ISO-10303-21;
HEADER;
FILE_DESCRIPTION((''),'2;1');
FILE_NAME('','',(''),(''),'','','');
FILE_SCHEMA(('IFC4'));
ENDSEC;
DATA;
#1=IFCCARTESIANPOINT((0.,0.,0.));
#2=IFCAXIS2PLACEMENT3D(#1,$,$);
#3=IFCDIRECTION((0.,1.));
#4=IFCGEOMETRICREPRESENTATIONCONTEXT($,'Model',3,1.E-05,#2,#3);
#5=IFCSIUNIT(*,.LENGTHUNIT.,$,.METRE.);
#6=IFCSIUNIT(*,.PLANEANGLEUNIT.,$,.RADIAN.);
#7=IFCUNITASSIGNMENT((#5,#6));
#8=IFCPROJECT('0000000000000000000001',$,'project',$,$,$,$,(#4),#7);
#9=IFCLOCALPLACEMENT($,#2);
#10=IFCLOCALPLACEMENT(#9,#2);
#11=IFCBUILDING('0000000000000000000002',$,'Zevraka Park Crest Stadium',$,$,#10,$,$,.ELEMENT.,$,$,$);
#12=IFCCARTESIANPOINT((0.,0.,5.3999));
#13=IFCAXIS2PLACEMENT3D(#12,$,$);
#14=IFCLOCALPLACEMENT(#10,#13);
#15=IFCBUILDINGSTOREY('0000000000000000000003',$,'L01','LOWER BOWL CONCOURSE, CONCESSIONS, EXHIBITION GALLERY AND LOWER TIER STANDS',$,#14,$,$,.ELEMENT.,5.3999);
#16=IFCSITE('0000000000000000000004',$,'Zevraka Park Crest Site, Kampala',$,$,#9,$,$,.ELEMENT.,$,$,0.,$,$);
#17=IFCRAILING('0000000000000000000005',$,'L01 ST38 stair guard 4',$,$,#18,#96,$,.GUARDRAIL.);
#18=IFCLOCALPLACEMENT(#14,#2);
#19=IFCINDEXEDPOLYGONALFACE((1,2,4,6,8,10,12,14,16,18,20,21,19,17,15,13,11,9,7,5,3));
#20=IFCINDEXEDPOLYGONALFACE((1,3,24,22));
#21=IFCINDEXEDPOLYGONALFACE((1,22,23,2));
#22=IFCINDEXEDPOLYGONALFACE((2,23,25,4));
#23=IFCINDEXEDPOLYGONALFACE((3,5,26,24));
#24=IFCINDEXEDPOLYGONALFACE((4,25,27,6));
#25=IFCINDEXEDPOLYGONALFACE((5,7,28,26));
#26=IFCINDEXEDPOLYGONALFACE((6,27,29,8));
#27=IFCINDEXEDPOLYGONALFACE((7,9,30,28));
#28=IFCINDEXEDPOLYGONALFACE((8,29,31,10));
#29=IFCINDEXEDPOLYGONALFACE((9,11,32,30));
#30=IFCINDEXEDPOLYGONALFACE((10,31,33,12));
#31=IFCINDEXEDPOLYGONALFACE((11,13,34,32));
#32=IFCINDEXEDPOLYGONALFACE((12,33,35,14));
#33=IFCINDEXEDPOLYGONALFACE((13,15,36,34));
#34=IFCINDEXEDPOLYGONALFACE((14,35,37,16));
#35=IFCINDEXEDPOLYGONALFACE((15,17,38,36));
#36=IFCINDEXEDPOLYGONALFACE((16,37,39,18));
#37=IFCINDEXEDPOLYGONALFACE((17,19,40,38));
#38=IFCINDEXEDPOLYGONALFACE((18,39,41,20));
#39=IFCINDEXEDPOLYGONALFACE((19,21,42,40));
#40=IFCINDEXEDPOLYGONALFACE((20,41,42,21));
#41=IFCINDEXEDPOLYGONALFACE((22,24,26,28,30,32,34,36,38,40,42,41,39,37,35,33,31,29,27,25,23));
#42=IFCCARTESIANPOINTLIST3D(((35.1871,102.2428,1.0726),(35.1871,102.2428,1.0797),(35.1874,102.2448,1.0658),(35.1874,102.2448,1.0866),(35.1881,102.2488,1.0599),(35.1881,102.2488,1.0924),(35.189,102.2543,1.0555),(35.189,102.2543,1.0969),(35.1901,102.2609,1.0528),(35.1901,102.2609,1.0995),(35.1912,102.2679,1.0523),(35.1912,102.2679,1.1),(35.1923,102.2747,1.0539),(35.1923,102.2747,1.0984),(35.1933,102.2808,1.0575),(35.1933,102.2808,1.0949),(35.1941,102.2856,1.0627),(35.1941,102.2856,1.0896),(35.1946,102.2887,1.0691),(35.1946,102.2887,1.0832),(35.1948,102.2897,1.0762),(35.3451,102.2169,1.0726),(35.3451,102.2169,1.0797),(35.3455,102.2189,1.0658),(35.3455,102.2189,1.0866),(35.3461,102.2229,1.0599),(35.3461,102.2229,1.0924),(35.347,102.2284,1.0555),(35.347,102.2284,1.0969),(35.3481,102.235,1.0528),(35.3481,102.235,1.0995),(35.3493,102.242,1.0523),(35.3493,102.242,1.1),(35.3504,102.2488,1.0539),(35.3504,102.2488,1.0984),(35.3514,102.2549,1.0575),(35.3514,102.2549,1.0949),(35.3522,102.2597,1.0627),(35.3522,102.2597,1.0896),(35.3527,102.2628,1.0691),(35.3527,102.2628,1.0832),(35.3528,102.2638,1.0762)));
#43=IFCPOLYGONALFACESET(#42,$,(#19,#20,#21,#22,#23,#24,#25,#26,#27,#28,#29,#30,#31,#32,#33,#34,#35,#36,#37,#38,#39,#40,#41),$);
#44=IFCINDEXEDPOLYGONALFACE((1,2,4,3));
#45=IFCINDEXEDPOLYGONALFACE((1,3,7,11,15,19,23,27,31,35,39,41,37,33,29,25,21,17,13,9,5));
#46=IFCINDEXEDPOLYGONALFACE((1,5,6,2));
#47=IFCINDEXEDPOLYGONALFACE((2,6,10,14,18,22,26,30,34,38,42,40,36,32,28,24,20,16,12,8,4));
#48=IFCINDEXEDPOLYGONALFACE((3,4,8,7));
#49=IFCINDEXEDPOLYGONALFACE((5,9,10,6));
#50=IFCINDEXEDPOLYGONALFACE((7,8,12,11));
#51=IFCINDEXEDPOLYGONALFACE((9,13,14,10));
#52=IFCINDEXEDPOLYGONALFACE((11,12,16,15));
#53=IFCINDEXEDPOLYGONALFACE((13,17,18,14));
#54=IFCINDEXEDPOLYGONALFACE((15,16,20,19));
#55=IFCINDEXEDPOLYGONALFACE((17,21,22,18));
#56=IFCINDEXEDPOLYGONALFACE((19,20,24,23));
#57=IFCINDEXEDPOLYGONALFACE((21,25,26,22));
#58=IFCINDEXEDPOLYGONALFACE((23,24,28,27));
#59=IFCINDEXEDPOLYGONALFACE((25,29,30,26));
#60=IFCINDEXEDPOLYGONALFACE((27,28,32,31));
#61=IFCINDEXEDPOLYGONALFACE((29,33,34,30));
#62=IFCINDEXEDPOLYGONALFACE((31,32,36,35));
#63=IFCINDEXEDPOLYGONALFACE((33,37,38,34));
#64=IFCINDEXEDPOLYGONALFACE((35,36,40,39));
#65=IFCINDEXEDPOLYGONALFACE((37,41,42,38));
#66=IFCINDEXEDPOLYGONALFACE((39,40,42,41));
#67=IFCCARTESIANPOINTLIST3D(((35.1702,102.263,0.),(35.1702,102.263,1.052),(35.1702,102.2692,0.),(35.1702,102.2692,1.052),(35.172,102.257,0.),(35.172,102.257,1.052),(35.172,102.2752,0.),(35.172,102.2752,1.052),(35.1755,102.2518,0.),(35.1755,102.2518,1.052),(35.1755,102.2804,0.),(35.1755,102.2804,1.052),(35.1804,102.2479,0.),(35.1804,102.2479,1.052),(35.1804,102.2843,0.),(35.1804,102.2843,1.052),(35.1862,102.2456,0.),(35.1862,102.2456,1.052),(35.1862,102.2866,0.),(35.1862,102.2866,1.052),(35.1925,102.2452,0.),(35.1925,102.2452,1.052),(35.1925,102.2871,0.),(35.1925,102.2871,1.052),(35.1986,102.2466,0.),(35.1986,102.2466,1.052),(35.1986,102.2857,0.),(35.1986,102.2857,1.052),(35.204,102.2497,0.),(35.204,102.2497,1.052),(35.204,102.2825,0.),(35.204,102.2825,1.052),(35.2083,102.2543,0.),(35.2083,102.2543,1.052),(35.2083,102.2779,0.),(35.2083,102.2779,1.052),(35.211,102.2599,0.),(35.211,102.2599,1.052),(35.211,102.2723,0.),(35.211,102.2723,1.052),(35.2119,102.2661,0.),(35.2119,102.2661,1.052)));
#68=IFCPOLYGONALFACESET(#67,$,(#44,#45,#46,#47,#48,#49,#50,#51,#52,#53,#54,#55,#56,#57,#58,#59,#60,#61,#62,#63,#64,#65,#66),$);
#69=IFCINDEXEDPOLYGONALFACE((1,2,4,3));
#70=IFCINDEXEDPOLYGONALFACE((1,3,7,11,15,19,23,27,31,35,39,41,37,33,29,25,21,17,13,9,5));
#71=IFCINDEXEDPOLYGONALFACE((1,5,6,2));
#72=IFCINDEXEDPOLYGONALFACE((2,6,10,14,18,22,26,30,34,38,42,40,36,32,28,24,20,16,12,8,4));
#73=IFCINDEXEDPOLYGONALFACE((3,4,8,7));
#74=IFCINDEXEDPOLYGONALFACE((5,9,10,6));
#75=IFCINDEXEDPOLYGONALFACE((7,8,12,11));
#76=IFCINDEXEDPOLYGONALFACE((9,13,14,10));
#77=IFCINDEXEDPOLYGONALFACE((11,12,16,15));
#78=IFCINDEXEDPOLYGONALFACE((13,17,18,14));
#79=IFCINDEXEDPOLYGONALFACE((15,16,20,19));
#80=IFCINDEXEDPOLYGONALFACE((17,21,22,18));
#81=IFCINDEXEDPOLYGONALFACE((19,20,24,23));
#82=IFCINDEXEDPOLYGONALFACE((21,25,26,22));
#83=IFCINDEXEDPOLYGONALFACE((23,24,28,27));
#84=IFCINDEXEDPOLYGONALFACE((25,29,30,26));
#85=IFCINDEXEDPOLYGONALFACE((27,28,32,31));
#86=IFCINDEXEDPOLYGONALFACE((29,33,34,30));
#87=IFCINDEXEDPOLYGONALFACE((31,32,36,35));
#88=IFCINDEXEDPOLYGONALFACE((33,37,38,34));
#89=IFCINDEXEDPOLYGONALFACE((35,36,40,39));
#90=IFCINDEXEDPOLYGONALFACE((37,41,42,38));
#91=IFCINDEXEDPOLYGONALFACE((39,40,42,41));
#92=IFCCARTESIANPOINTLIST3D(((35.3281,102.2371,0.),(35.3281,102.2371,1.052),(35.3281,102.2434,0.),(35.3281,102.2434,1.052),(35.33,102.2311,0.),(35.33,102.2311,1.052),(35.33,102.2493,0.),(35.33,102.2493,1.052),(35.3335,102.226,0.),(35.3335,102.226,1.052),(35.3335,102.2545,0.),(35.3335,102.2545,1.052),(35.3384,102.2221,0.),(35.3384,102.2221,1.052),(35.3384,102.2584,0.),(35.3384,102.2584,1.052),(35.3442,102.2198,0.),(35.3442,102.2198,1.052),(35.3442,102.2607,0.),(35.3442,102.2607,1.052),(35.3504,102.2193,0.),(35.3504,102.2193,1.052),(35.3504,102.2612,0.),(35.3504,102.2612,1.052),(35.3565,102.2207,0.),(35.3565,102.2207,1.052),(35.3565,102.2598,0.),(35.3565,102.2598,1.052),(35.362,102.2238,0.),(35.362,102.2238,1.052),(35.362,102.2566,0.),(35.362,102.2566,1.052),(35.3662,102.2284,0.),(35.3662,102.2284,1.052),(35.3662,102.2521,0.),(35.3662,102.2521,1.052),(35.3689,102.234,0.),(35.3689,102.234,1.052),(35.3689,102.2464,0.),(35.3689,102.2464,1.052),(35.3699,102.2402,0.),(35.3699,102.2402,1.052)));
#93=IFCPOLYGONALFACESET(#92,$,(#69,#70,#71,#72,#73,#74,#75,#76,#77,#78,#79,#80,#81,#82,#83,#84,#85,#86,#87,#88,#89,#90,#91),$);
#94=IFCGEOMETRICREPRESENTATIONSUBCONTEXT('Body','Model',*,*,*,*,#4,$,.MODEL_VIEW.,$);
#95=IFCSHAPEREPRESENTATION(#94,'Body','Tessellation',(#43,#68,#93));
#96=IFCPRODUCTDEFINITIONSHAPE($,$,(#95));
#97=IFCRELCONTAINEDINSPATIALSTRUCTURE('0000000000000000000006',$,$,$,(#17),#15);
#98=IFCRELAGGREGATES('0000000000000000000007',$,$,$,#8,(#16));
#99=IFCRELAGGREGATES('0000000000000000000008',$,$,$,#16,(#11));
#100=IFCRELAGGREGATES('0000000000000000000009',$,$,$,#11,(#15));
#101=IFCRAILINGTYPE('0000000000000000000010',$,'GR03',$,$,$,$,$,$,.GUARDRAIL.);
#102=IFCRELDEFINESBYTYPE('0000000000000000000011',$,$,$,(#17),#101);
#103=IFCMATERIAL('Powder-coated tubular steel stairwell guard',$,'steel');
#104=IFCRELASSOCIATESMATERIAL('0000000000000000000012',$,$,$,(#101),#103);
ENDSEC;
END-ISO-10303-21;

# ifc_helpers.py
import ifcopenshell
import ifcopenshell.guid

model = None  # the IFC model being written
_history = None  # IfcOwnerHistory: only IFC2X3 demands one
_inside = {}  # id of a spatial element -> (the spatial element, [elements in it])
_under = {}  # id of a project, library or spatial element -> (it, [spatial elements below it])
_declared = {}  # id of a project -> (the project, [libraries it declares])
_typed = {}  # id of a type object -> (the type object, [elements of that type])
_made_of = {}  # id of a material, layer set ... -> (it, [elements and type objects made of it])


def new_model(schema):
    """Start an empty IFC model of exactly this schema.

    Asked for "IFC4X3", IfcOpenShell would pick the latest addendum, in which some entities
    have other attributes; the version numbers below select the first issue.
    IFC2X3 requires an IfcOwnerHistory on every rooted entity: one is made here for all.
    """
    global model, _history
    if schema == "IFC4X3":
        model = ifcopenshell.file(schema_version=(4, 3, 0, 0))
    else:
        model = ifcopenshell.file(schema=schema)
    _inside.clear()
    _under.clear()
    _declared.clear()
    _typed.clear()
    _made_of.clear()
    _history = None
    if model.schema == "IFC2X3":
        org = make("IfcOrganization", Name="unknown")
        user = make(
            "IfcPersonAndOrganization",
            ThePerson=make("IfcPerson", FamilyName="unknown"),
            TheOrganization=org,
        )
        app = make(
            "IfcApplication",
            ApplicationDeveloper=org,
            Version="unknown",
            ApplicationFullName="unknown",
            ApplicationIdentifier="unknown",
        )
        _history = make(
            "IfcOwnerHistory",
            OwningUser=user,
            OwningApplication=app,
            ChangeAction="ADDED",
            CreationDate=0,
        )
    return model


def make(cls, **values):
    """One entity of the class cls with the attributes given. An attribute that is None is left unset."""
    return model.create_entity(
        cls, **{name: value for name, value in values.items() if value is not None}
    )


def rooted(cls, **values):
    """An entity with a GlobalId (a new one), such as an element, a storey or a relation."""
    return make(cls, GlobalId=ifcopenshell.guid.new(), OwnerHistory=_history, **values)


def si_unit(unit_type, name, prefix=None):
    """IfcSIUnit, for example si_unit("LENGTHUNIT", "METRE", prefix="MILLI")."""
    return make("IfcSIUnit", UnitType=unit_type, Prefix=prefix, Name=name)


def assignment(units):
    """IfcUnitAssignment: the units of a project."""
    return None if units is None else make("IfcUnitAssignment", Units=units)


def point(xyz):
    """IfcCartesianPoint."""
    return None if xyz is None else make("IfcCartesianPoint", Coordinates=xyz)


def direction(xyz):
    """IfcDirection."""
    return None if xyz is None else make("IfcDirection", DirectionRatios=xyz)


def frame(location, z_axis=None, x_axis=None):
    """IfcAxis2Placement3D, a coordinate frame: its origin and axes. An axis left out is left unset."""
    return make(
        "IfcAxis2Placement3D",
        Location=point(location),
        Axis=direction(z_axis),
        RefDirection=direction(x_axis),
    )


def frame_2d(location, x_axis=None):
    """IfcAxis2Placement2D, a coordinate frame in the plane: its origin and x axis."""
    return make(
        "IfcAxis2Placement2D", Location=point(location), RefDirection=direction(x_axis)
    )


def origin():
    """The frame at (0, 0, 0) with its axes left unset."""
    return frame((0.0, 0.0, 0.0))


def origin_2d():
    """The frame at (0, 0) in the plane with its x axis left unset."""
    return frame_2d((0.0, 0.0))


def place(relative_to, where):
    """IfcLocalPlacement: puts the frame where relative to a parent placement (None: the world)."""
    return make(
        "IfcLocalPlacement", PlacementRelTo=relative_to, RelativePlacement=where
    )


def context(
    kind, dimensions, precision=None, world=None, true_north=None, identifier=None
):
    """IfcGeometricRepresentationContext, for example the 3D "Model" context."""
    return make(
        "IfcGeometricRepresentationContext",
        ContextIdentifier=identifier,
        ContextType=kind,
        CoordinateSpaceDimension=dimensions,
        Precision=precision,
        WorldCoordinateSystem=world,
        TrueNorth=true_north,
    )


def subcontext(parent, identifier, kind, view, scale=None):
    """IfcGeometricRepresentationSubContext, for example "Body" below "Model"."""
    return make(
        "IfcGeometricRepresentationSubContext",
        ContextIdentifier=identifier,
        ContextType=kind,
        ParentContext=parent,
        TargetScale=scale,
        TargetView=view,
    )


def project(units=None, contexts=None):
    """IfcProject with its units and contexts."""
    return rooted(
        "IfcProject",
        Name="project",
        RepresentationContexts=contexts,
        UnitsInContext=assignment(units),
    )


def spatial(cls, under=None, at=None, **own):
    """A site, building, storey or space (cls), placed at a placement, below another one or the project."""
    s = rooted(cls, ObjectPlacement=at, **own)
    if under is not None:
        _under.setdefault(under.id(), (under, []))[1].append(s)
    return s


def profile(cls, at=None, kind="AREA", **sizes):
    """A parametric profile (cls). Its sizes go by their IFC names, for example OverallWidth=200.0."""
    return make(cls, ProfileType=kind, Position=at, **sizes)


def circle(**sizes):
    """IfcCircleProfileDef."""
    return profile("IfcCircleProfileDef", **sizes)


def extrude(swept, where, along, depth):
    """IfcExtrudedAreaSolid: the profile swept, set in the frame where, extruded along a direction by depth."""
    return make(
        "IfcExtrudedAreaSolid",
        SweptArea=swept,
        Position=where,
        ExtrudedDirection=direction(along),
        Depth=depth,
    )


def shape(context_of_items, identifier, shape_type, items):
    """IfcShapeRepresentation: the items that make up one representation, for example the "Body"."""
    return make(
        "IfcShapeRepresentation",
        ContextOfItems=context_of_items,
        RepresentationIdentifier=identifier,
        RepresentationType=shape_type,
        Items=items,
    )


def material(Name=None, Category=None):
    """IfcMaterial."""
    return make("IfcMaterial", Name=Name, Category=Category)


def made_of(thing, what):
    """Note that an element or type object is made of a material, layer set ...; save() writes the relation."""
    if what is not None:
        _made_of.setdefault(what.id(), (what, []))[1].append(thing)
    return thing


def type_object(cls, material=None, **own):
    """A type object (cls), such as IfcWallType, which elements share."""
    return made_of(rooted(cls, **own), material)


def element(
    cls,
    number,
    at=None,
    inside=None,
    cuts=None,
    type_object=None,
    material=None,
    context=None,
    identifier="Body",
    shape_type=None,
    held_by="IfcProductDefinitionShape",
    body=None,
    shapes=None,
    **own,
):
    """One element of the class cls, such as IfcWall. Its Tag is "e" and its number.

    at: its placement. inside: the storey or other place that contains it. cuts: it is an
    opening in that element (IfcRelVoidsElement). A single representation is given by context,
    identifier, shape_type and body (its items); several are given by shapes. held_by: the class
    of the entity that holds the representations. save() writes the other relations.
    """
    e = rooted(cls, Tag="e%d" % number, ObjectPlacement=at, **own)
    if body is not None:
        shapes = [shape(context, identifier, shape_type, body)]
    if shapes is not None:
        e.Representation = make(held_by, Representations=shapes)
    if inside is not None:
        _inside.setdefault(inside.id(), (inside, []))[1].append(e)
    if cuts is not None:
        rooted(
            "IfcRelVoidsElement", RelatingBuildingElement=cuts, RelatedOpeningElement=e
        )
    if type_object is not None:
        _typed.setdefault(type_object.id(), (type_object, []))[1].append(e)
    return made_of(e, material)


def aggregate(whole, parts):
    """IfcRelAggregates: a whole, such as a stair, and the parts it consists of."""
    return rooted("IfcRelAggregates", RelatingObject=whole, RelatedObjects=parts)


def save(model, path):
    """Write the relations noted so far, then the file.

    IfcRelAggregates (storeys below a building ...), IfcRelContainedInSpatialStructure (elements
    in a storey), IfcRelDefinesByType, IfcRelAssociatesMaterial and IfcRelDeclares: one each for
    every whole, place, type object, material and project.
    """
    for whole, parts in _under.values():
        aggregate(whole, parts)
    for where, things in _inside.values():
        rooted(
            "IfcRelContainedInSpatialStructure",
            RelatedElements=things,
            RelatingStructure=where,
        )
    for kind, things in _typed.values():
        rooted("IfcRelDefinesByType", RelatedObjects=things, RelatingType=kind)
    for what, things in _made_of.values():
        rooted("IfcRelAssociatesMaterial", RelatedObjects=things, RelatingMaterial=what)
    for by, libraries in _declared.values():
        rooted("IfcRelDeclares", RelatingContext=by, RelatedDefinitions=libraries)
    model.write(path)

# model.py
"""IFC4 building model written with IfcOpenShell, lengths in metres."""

from ifc_helpers import new_model, si_unit, direction, frame, origin, origin_2d, place, context, subcontext, project, spatial, circle, extrude, material, type_object, element, save


model = new_model("IFC4")

# Units and contexts
model_context = context("Model", 3, precision=1e-05, world=origin(), true_north=direction((0.0, 1.0)))
body_context = subcontext(model_context, "Body", "Model", "MODEL_VIEW")
ifc_project = project(units=[si_unit("LENGTHUNIT", "METRE"), si_unit("PLANEANGLEUNIT", "RADIAN")], contexts=[model_context])

# Site, building, storey
site_placement = place(None, origin())
site = spatial("IfcSite", under=ifc_project, at=site_placement, Name="Zevraka Park Crest Site, Kampala", CompositionType="ELEMENT", RefElevation=0.0)
building_placement = place(site_placement, origin())
building = spatial("IfcBuilding", under=site, at=building_placement, Name="Zevraka Park Crest Stadium", CompositionType="ELEMENT")
storey_placement = place(building_placement, frame((0.0, 0.0, 5.3999)))
storey = spatial("IfcBuildingStorey", under=building, at=storey_placement, Name="L01", Description="LOWER BOWL CONCOURSE, CONCESSIONS, EXHIBITION GALLERY AND LOWER TIER STANDS", CompositionType="ELEMENT", Elevation=5.3999)

# Railing
ifc_material_1 = material(Name="Powder-coated tubular steel stairwell guard", Category="steel")
railing_type_1 = type_object("IfcRailingType", Name="GR03", PredefinedType="GUARDRAIL", material=ifc_material_1)
railing_1_placement = place(storey_placement, frame((35.1909, 102.2661, 0.0)))
element("IfcRailing", 1, at=railing_1_placement, inside=storey, type_object=railing_type_1, Name="L01 ST38 stair guard 4", PredefinedType="GUARDRAIL", context=body_context, shape_type="SweptSolid", body=[
    extrude(circle(Radius=0.0239, at=origin_2d()), frame((0.0, 0.0, 1.0762), z_axis=(0.986844, -0.161678, 0.0), x_axis=(0.161678, 0.986844, 0.0)), (0.0, 0.0, 1.0), 0.1602),
    extrude(circle(Radius=0.021, at=origin_2d()), origin(), (0.0, 0.0, 1.0), 1.052),
    extrude(circle(Radius=0.021, at=origin_2d()), frame((0.158, -0.0259, 0.0)), (0.0, 0.0, 1.0), 1.052),
])

save(model, "model.ifc")
